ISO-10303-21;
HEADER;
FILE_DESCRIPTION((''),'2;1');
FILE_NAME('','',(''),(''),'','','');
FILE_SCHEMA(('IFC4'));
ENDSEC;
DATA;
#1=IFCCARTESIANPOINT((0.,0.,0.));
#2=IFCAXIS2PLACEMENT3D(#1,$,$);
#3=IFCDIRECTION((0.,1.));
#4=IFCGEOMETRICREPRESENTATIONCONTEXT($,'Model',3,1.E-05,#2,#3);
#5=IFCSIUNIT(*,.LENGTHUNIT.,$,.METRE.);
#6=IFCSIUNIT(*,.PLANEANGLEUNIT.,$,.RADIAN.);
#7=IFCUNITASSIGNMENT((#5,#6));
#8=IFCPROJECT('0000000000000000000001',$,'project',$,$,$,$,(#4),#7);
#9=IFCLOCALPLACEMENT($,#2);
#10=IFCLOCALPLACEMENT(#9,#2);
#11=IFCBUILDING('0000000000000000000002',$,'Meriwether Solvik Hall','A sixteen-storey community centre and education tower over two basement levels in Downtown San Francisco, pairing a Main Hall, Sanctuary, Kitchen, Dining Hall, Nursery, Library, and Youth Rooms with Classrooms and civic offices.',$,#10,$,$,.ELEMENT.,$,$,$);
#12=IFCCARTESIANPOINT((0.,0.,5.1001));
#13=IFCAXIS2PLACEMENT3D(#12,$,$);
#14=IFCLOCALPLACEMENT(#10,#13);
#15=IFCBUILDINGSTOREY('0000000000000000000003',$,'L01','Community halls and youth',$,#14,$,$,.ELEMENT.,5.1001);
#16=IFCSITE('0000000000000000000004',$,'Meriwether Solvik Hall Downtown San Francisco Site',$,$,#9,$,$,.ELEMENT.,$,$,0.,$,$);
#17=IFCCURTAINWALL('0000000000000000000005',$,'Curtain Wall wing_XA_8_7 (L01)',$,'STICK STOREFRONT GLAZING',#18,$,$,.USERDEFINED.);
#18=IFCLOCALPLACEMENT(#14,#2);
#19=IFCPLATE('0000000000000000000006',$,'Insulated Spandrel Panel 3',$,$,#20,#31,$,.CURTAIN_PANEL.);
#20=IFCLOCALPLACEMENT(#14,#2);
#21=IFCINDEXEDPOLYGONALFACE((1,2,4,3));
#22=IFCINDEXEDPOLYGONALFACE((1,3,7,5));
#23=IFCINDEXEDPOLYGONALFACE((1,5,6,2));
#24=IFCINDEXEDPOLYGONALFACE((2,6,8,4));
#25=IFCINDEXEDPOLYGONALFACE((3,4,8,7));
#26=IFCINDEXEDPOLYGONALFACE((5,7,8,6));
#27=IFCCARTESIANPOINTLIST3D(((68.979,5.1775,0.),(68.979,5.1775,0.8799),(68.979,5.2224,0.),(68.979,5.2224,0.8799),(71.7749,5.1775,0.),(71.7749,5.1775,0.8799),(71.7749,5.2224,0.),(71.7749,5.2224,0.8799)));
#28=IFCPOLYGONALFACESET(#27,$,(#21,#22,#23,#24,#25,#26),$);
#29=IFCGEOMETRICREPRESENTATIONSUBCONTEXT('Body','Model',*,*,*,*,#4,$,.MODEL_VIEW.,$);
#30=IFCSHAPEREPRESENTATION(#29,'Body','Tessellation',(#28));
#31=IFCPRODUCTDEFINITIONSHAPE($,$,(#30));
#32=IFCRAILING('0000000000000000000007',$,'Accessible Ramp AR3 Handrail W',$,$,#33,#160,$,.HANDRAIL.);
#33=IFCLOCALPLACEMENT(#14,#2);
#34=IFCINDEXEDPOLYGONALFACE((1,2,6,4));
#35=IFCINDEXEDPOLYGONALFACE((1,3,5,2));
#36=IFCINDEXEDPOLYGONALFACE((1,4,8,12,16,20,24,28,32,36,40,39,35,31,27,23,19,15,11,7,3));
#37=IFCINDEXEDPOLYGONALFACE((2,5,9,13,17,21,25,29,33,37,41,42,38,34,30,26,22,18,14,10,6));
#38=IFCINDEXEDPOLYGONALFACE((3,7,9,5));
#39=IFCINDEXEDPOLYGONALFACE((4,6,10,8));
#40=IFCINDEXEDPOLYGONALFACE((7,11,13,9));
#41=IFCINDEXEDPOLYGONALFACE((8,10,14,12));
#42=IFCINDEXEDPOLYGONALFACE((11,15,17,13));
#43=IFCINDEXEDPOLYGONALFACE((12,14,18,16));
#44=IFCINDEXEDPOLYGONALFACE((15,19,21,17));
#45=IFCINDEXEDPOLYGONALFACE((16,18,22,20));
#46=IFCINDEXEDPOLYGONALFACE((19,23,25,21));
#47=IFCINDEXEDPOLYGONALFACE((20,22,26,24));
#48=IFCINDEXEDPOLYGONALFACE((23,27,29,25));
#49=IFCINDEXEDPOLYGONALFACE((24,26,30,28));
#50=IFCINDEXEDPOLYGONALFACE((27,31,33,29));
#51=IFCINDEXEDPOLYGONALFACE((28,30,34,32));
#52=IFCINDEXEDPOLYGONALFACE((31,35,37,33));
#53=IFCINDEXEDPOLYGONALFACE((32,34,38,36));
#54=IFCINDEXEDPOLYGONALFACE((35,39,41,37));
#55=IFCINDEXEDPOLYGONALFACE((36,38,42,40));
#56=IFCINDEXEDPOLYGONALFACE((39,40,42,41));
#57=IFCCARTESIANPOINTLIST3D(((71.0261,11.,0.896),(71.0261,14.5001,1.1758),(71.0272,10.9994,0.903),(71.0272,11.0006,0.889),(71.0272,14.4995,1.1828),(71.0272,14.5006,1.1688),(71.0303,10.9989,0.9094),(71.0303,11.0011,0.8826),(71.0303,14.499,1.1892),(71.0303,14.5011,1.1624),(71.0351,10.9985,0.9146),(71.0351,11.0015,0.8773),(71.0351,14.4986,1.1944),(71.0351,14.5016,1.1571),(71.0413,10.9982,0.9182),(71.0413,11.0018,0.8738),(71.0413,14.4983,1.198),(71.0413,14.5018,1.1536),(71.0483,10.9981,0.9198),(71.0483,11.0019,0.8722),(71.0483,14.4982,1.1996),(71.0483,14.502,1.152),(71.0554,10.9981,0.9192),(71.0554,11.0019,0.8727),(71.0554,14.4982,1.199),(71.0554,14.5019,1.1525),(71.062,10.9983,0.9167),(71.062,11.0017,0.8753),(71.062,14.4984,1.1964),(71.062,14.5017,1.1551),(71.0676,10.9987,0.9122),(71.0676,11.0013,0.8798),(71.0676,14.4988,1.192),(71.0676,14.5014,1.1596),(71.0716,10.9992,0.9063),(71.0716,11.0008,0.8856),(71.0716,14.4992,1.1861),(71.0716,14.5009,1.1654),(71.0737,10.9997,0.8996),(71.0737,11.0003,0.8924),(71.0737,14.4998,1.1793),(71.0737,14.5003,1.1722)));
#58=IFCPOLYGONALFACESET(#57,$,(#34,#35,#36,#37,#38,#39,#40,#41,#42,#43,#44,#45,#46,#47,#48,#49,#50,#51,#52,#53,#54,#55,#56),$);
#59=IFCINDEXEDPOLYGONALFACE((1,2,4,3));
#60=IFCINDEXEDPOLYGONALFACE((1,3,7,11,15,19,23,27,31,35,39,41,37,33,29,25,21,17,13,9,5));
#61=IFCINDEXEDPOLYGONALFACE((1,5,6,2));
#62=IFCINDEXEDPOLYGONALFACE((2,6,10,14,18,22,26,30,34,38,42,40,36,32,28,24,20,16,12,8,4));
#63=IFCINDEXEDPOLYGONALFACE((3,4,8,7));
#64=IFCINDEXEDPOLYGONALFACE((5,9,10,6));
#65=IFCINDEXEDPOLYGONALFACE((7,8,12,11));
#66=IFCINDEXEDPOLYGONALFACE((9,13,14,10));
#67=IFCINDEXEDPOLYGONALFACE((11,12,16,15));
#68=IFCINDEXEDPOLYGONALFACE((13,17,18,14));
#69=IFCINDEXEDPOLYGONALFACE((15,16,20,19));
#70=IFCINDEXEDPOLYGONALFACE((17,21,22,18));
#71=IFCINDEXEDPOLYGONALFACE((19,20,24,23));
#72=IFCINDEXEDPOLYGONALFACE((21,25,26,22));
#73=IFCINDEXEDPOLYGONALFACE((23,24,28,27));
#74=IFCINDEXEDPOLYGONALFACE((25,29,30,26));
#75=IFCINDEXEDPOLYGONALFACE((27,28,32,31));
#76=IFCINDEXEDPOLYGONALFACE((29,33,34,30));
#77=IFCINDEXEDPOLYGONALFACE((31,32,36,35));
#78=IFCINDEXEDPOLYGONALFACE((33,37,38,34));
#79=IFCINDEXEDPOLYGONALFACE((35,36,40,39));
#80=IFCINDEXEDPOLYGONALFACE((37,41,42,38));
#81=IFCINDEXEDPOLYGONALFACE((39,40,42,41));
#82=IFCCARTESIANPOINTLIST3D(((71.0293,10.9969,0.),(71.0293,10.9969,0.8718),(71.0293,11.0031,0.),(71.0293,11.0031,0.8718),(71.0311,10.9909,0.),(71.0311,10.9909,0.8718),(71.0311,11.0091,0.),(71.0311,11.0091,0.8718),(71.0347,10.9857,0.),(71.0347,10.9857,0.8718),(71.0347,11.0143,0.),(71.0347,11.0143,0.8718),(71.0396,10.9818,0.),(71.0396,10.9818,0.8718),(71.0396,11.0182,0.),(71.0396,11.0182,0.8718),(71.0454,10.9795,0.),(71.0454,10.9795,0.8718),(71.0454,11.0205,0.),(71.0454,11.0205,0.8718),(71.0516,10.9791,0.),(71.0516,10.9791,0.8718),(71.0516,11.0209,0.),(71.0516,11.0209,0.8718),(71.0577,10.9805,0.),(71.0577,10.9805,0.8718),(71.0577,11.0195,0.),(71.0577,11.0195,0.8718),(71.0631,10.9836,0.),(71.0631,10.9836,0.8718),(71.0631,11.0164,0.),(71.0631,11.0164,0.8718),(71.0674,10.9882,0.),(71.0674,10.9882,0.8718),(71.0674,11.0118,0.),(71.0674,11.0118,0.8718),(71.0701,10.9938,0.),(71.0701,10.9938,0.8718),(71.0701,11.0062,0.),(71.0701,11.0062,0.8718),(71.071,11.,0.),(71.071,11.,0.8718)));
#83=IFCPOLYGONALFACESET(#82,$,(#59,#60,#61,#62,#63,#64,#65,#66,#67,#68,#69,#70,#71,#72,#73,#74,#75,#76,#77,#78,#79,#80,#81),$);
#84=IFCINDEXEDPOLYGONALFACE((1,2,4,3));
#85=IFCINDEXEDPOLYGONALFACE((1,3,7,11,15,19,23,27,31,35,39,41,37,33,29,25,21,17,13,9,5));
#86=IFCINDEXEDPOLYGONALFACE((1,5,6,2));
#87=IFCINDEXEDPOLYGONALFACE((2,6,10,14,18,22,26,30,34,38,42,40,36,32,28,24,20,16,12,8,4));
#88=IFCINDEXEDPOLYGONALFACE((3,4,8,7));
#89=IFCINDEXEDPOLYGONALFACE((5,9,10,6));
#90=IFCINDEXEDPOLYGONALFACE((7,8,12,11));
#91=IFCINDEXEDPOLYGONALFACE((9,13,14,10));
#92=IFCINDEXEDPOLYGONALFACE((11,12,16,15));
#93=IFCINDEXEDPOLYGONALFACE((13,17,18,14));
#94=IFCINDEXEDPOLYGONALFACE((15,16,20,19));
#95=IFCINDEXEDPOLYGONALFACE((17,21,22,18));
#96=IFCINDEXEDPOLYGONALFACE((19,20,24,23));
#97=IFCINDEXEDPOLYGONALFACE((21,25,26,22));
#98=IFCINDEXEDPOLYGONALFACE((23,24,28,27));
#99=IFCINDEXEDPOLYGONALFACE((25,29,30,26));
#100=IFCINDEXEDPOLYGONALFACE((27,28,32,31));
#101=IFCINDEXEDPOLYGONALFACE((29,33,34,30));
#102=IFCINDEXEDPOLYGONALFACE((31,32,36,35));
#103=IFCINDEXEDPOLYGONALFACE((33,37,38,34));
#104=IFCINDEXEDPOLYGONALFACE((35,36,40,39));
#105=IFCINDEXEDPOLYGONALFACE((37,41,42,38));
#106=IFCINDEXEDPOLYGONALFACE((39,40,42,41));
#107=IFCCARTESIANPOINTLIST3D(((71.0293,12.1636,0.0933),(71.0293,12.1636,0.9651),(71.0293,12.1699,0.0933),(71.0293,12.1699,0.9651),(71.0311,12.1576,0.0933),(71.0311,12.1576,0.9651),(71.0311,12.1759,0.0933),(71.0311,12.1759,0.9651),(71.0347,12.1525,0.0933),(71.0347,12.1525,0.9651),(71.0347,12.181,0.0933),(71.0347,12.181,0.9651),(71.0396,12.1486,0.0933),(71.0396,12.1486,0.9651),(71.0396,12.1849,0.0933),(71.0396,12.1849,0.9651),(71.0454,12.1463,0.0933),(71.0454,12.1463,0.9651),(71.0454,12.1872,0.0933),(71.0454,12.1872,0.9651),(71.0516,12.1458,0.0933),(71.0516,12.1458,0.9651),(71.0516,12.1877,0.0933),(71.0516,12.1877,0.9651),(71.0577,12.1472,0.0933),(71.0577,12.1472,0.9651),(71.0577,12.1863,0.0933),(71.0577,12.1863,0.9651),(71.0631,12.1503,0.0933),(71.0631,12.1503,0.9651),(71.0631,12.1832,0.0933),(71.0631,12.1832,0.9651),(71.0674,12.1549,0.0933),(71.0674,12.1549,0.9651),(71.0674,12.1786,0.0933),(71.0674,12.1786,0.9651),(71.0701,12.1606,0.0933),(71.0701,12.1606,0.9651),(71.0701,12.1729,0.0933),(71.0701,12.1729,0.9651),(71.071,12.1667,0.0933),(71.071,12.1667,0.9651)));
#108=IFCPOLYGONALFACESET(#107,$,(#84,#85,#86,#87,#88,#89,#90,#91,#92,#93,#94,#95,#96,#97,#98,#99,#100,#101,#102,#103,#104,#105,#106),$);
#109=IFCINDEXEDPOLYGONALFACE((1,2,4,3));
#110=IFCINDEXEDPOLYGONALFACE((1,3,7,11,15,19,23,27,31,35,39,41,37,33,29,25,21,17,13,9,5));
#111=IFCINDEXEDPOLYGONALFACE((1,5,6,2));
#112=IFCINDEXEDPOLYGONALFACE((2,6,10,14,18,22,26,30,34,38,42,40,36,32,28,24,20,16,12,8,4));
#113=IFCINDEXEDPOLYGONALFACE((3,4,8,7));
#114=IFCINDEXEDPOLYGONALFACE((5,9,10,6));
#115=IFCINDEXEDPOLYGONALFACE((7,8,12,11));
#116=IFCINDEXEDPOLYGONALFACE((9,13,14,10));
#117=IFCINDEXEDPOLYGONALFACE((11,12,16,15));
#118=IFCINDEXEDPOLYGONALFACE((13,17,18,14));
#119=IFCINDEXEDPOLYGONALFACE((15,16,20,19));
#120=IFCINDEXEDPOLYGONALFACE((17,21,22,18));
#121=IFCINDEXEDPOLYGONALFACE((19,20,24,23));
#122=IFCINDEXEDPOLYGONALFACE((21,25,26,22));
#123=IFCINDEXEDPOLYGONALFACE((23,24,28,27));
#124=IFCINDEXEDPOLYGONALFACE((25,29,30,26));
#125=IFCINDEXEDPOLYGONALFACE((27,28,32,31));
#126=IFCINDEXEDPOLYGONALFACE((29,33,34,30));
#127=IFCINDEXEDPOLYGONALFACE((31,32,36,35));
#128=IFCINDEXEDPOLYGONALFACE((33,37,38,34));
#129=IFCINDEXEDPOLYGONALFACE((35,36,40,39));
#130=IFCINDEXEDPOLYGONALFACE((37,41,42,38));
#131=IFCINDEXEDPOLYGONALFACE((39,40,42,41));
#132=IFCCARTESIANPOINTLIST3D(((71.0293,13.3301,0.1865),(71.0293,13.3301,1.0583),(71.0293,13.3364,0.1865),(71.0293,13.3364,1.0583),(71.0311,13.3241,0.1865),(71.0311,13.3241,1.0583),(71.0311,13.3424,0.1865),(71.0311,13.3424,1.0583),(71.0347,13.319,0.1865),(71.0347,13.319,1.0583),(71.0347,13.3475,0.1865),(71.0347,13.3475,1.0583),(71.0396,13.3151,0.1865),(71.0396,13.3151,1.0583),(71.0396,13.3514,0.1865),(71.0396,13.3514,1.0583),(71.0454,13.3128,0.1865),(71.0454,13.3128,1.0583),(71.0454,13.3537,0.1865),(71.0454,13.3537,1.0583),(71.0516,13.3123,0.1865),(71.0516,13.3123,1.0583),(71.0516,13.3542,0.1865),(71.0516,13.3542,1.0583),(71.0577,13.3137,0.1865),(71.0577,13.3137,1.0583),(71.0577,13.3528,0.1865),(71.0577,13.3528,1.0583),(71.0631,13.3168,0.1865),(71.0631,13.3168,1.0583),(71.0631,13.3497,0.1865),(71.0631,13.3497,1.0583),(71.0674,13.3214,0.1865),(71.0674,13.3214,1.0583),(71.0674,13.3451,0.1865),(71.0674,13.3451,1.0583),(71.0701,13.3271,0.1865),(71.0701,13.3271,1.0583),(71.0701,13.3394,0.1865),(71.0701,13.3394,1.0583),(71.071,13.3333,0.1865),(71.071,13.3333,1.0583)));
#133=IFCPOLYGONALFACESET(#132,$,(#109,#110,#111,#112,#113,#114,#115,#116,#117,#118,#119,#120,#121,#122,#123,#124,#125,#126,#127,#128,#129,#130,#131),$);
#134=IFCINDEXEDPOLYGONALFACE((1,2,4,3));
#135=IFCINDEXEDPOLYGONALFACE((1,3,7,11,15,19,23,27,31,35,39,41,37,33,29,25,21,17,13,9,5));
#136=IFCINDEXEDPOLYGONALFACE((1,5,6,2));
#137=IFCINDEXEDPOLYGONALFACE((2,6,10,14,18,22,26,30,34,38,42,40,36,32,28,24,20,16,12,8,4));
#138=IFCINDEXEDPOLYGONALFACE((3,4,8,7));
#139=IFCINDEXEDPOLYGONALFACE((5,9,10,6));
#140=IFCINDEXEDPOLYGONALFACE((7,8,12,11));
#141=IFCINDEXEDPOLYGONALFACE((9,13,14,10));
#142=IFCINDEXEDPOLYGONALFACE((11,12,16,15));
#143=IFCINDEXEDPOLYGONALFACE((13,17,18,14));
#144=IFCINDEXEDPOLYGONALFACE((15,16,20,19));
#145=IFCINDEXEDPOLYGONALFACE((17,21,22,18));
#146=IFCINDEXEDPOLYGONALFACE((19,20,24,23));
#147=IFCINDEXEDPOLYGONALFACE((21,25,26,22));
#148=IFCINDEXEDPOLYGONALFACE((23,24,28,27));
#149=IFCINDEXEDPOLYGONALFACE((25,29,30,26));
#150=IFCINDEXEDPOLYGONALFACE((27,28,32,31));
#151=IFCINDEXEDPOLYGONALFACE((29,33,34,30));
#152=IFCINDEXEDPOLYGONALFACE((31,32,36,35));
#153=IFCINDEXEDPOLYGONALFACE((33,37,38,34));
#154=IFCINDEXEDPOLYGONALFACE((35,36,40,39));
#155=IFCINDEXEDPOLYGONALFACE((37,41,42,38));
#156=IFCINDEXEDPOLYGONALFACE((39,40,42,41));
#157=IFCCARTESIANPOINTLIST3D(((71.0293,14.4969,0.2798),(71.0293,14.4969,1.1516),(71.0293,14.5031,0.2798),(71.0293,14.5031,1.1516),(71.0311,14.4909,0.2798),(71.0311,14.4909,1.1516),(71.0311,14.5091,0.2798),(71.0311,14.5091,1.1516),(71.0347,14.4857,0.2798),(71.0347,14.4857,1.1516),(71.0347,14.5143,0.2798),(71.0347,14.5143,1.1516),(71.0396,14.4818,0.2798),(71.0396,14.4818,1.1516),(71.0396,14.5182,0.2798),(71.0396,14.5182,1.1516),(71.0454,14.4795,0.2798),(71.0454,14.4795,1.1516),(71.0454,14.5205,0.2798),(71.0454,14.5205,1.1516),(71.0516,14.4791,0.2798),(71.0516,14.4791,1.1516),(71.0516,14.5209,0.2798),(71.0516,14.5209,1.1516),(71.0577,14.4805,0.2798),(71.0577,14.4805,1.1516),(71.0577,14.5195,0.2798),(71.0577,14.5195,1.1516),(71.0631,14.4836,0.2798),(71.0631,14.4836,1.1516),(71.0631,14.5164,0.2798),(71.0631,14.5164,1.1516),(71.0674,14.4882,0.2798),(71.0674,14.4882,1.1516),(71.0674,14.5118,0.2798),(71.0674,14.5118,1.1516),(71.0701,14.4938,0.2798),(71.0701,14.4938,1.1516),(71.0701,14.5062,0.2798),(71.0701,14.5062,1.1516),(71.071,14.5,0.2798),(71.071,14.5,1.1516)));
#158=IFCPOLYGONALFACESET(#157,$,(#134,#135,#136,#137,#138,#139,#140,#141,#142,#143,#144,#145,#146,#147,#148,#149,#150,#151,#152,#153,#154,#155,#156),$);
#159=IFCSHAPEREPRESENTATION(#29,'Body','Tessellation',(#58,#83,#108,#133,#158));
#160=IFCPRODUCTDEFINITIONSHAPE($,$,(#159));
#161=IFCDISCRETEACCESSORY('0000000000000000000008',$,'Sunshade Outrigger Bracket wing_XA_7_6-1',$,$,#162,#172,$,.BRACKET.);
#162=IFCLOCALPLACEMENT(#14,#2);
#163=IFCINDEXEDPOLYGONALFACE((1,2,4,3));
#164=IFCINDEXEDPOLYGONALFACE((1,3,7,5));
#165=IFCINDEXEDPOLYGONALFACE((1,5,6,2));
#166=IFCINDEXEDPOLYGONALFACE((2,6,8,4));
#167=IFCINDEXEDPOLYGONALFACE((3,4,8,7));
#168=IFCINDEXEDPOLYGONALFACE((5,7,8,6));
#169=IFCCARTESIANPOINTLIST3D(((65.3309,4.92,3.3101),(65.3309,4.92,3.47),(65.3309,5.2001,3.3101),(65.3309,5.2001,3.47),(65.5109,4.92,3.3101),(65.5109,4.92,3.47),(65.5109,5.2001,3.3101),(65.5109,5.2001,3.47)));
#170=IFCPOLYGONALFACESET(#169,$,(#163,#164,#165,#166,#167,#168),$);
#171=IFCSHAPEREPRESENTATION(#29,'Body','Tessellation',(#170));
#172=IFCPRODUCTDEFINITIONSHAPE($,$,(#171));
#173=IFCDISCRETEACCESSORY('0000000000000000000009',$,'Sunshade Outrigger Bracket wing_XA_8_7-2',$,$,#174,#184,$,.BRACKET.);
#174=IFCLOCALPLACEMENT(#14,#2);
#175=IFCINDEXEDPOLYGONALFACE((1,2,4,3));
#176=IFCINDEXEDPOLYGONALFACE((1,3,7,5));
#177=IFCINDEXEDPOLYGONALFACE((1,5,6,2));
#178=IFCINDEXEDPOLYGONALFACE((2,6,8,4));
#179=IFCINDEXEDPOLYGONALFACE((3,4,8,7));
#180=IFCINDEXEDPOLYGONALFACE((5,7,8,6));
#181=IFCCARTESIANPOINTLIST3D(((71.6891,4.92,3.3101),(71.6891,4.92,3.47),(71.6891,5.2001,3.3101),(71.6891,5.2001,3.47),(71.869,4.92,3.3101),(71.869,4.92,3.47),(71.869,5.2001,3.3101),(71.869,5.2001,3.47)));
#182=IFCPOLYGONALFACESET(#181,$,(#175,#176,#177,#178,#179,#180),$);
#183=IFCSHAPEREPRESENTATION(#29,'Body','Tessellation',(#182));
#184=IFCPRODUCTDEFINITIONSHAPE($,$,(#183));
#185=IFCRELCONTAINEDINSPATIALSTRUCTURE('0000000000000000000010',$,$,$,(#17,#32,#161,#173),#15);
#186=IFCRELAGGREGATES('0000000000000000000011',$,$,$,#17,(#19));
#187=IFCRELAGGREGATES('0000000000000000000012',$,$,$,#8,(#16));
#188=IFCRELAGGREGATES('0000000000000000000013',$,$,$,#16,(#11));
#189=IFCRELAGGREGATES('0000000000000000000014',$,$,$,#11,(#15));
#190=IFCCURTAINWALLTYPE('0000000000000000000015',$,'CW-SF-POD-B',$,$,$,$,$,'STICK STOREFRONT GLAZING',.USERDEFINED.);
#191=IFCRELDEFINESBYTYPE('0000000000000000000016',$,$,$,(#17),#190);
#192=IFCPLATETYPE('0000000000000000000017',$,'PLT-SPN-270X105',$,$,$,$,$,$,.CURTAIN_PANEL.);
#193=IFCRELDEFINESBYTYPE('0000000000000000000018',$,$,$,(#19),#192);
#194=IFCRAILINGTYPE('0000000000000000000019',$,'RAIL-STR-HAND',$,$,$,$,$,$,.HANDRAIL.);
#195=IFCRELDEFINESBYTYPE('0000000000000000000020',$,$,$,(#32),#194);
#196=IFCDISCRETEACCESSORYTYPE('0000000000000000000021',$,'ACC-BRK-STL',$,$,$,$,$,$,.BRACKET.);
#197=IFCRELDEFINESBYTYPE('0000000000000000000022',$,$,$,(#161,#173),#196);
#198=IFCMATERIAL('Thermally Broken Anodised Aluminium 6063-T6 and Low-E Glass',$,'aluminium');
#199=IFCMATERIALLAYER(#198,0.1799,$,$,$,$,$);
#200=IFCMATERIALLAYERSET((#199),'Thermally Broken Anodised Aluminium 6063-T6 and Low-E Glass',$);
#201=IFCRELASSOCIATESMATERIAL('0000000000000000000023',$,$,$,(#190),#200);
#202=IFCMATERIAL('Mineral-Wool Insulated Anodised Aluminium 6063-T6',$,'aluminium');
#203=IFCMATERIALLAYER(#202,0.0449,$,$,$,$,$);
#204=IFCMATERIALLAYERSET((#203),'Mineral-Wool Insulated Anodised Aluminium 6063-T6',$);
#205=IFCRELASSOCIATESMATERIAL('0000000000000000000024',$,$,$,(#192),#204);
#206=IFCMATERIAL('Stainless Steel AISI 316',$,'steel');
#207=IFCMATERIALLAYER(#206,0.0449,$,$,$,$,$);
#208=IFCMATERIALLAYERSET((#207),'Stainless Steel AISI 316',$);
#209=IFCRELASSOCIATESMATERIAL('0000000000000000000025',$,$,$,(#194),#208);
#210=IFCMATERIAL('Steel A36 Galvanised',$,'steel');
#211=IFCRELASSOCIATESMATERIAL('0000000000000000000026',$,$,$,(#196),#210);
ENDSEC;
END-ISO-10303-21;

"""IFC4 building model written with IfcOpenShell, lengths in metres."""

from ifc_helpers import new_model, si_unit, direction, frame, origin, origin_2d, place, context, subcontext, project, spatial, rectangle, circle, extrude, material, layer, layer_set, type_object, element, aggregate, save


model = new_model("IFC4")

# Units and contexts
model_context = context("Model", 3, precision=1e-05, world=origin(), true_north=direction((0.0, 1.0)))
body_context = subcontext(model_context, "Body", "Model", "MODEL_VIEW")
ifc_project = project(units=[si_unit("LENGTHUNIT", "METRE"), si_unit("PLANEANGLEUNIT", "RADIAN")], contexts=[model_context])

# Site, building, storey
site_placement = place(None, origin())
site = spatial("IfcSite", under=ifc_project, at=site_placement, Name="Meriwether Solvik Hall Downtown San Francisco Site", CompositionType="ELEMENT", RefElevation=0.0)
building_placement = place(site_placement, origin())
building = spatial("IfcBuilding", under=site, at=building_placement, Name="Meriwether Solvik Hall", Description="A sixteen-storey community centre and education tower over two basement levels in Downtown San Francisco, pairing a Main Hall, Sanctuary, Kitchen, Dining Hall, Nursery, Library, and Youth Rooms with Classrooms and civic offices.", CompositionType="ELEMENT")
storey_placement = place(building_placement, frame((0.0, 0.0, 5.1001)))
storey = spatial("IfcBuildingStorey", under=building, at=storey_placement, Name="L01", Description="Community halls and youth", CompositionType="ELEMENT", Elevation=5.1001)

# Curtain wall
ifc_material_1 = material(Name="Thermally Broken Anodised Aluminium 6063-T6 and Low-E Glass", Category="aluminium")
ifc_layer_1 = layer(ifc_material_1, 0.1799)
ifc_layer_set_1 = layer_set([ifc_layer_1], Name="Thermally Broken Anodised Aluminium 6063-T6 and Low-E Glass")
curtain_wall_type = type_object("IfcCurtainWallType", Name="CW-SF-POD-B", ElementType="STICK STOREFRONT GLAZING", PredefinedType="USERDEFINED", material=ifc_layer_set_1)
curtain_wall_1_placement = place(storey_placement, origin())
curtain_wall_1 = element("IfcCurtainWall", 1, at=curtain_wall_1_placement, inside=storey, type_object=curtain_wall_type, Name="Curtain Wall wing_XA_8_7 (L01)", ObjectType="STICK STOREFRONT GLAZING", PredefinedType="USERDEFINED")

# Plate
ifc_material_2 = material(Name="Mineral-Wool Insulated Anodised Aluminium 6063-T6", Category="aluminium")
ifc_layer_2 = layer(ifc_material_2, 0.0449)
ifc_layer_set_2 = layer_set([ifc_layer_2], Name="Mineral-Wool Insulated Anodised Aluminium 6063-T6")
plate_type_1 = type_object("IfcPlateType", Name="PLT-SPN-270X105", PredefinedType="CURTAIN_PANEL", material=ifc_layer_set_2)
plate_1_placement = place(storey_placement, frame((70.377, 5.2, 0.0), z_axis=(0.0, 0.0, 1.0), x_axis=(-1.0, 0.0, 0.0)))
plate_1 = element("IfcPlate", 2, at=plate_1_placement, type_object=plate_type_1, Name="Insulated Spandrel Panel 3", PredefinedType="CURTAIN_PANEL", context=body_context, shape_type="SweptSolid", body=[
    extrude(rectangle(XDim=2.7959, YDim=0.0449, at=origin_2d()), origin(), (0.0, 0.0, 1.0), 0.8799),
])
aggregate(curtain_wall_1, [plate_1])

# Railing
ifc_material_3 = material(Name="Stainless Steel AISI 316", Category="steel")
ifc_layer_3 = layer(ifc_material_3, 0.0449)
ifc_layer_set_3 = layer_set([ifc_layer_3], Name="Stainless Steel AISI 316")
railing_type = type_object("IfcRailingType", Name="RAIL-STR-HAND", PredefinedType="HANDRAIL", material=ifc_layer_set_3)
railing_placement = place(storey_placement, frame((71.05, 11.0, 0.0)))
element("IfcRailing", 3, at=railing_placement, inside=storey, type_object=railing_type, Name="Accessible Ramp AR3 Handrail W", PredefinedType="HANDRAIL", context=body_context, shape_type="SweptSolid", body=[
    extrude(circle(Radius=0.0239, at=origin_2d()), frame((0.0, 0.0, 0.896), z_axis=(0.0, 0.99682, 0.079684), x_axis=(-1.0, 0.0, 0.0)), (0.0, 0.0, 1.0), 3.5112),
    extrude(circle(Radius=0.021, at=origin_2d()), origin(), (0.0, 0.0, 1.0), 0.8718),
    extrude(circle(Radius=0.021, at=origin_2d()), frame((0.0, 1.1667, 0.0933)), (0.0, 0.0, 1.0), 0.8718),
    extrude(circle(Radius=0.021, at=origin_2d()), frame((0.0, 2.3333, 0.1865)), (0.0, 0.0, 1.0), 0.8718),
    extrude(circle(Radius=0.021, at=origin_2d()), frame((0.0, 3.5, 0.2798)), (0.0, 0.0, 1.0), 0.8718),
])

# Discrete accessories
ifc_material_4 = material(Name="Steel A36 Galvanised", Category="steel")
discrete_accessory_type = type_object("IfcDiscreteAccessoryType", Name="ACC-BRK-STL", PredefinedType="BRACKET", material=ifc_material_4)
for number, where, z_axis, x_axis, name in (
    (4, (65.4209, 5.0601, 3.3101), (0.0, 0.0, 1.0), (-1.0, 0.0, 0.0), "Sunshade Outrigger Bracket wing_XA_7_6-1"),
    (5, (71.7791, 5.0601, 3.3101), (0.0, 0.0, 1.0), (-1.0, 0.0, 0.0), "Sunshade Outrigger Bracket wing_XA_8_7-2"),
):
    element("IfcDiscreteAccessory", number, at=place(storey_placement, frame(where, z_axis=z_axis, x_axis=x_axis)), inside=storey, type_object=discrete_accessory_type, Name=name, PredefinedType="BRACKET", context=body_context, shape_type="SweptSolid", body=[
        extrude(rectangle(XDim=0.1799, YDim=0.28, at=origin_2d()), origin(), (0.0, 0.0, 1.0), 0.1599),
    ])

save(model, "model.ifc")
